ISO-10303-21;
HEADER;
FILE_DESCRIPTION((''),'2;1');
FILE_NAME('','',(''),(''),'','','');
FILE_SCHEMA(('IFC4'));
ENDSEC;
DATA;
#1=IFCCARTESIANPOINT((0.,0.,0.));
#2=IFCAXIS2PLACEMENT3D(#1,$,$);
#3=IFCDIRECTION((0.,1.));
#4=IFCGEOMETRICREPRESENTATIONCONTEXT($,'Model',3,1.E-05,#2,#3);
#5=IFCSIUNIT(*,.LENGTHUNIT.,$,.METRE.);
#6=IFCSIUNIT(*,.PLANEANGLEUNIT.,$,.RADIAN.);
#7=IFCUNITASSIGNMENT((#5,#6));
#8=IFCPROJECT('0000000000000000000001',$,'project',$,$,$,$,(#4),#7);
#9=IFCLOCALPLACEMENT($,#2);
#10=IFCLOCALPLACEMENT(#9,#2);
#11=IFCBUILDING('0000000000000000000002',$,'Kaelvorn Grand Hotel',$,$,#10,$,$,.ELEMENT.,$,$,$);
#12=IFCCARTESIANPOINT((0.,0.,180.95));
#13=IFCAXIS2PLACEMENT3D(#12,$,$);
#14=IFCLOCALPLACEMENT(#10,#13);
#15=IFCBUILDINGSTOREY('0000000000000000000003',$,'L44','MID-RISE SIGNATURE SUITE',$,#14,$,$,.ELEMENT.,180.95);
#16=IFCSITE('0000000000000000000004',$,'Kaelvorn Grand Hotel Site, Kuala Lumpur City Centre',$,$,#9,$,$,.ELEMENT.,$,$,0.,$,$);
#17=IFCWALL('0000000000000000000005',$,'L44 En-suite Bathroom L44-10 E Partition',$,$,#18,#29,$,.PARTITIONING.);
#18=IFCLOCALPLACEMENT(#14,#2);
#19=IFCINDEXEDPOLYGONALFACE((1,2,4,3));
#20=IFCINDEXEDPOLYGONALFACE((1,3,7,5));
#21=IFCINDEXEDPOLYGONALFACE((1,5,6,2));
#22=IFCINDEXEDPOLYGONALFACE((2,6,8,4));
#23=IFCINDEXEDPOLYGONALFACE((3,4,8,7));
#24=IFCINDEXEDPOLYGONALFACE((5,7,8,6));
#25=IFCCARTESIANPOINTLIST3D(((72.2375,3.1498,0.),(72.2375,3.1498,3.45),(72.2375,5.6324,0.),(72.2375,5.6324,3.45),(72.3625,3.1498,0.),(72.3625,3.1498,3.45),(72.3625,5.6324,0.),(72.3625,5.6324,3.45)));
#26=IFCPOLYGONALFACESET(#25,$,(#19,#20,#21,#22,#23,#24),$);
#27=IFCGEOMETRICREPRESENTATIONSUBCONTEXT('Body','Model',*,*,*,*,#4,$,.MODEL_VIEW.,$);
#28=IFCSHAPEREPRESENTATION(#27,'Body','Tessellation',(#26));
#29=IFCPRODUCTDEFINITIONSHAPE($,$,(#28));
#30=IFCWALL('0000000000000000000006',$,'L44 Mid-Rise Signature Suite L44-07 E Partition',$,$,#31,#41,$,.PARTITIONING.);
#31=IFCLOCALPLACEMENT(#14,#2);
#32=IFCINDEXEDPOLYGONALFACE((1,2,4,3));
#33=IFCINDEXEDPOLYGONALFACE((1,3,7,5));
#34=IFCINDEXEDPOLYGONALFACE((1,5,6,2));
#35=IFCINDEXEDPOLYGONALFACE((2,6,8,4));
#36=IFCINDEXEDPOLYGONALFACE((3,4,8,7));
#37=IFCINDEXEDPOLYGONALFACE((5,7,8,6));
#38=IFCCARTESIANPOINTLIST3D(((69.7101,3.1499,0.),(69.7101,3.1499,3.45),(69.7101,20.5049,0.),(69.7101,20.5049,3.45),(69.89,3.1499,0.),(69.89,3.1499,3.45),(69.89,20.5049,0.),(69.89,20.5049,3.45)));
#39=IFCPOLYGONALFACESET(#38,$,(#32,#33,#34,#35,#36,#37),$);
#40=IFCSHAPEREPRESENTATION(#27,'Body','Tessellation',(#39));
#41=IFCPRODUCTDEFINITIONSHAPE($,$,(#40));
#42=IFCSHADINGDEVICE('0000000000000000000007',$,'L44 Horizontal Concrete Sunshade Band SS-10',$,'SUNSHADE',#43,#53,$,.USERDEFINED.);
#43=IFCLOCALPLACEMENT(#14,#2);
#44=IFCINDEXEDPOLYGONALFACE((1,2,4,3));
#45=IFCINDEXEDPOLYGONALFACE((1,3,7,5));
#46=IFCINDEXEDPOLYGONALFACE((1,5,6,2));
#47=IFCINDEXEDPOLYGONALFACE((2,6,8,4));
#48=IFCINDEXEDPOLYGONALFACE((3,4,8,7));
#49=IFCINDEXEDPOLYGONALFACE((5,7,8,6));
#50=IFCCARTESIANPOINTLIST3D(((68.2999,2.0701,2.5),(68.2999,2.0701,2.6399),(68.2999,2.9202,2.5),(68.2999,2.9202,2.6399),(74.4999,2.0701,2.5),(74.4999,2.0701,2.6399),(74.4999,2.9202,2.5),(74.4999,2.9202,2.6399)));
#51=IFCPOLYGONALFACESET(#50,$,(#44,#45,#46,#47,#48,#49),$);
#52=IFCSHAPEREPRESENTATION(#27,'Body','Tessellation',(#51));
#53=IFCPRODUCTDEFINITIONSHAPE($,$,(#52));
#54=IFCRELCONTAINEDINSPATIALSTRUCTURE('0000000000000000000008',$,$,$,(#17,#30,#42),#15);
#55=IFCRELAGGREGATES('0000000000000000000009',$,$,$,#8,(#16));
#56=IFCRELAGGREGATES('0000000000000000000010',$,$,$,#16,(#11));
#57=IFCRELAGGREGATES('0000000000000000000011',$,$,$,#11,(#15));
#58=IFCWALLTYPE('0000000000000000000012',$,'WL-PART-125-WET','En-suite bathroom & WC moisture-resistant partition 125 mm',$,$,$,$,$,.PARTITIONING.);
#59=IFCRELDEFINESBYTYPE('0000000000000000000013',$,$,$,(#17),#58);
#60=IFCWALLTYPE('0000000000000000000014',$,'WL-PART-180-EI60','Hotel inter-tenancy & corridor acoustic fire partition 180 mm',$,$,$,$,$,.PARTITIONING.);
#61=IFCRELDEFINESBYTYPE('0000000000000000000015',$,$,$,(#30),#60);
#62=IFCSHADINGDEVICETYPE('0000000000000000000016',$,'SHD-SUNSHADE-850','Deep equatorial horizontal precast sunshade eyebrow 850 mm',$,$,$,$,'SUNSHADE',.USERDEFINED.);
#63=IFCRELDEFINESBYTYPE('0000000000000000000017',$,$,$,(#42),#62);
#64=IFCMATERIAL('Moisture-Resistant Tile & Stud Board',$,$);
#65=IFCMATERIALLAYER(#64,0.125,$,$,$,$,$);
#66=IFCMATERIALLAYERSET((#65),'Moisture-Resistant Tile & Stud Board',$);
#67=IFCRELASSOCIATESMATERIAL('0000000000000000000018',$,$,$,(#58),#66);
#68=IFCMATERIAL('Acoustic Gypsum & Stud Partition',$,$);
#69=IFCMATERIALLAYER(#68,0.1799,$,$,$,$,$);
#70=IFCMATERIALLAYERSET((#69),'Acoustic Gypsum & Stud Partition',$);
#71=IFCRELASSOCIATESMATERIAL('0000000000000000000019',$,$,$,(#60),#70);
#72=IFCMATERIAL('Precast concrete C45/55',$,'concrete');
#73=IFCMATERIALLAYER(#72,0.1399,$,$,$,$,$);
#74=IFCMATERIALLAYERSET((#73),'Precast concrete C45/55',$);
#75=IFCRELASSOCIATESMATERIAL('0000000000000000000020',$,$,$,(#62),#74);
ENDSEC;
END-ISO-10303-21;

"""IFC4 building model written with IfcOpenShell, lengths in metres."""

from ifc_helpers import new_model, si_unit, direction, frame, frame_2d, origin, origin_2d, place, context, subcontext, project, spatial, rectangle, extrude, material, layer, layer_set, type_object, element, save


model = new_model("IFC4")

# Units and contexts
model_context = context("Model", 3, precision=1e-05, world=origin(), true_north=direction((0.0, 1.0)))
body_context = subcontext(model_context, "Body", "Model", "MODEL_VIEW")
ifc_project = project(units=[si_unit("LENGTHUNIT", "METRE"), si_unit("PLANEANGLEUNIT", "RADIAN")], contexts=[model_context])

# Site, building, storey
site_placement = place(None, origin())
site = spatial("IfcSite", under=ifc_project, at=site_placement, Name="Kaelvorn Grand Hotel Site, Kuala Lumpur City Centre", CompositionType="ELEMENT", RefElevation=0.0)
building_placement = place(site_placement, origin())
building = spatial("IfcBuilding", under=site, at=building_placement, Name="Kaelvorn Grand Hotel", CompositionType="ELEMENT")
storey_placement = place(building_placement, frame((0.0, 0.0, 180.95)))
storey = spatial("IfcBuildingStorey", under=building, at=storey_placement, Name="L44", Description="MID-RISE SIGNATURE SUITE", CompositionType="ELEMENT", Elevation=180.95)

# Shared definitions
ifc_material_1 = material(Name="Precast concrete C45/55", Category="concrete")

# Shared definitions
ifc_material_2 = material(Name="Moisture-Resistant Tile & Stud Board")
ifc_layer_1 = layer(ifc_material_2, 0.125)
ifc_layer_set_1 = layer_set([ifc_layer_1], Name="Moisture-Resistant Tile & Stud Board")
wall_type_1 = type_object("IfcWallType", Name="WL-PART-125-WET", Description="En-suite bathroom & WC moisture-resistant partition 125 mm", PredefinedType="PARTITIONING", material=ifc_layer_set_1)

# Walls
wall_1_placement = place(storey_placement, frame((72.3, 3.1499, 0.0), z_axis=(0.0, 0.0, 1.0), x_axis=(0.0, 1.0, 0.0)))
element("IfcWall", 1, at=wall_1_placement, inside=storey, type_object=wall_type_1, Name="L44 En-suite Bathroom L44-10 E Partition", PredefinedType="PARTITIONING", context=body_context, shape_type="SweptSolid", body=[
    extrude(rectangle(XDim=2.4827, YDim=0.125, at=frame_2d((1.2412, 0.0))), origin(), (0.0, 0.0, 1.0), 3.45),
])
ifc_material_3 = material(Name="Acoustic Gypsum & Stud Partition")
ifc_layer_2 = layer(ifc_material_3, 0.1799)
ifc_layer_set_2 = layer_set([ifc_layer_2], Name="Acoustic Gypsum & Stud Partition")
wall_type_2 = type_object("IfcWallType", Name="WL-PART-180-EI60", Description="Hotel inter-tenancy & corridor acoustic fire partition 180 mm", PredefinedType="PARTITIONING", material=ifc_layer_set_2)
wall_2_placement = place(storey_placement, frame((69.8, 3.1499, 0.0), z_axis=(0.0, 0.0, 1.0), x_axis=(0.0, 1.0, 0.0)))
element("IfcWall", 2, at=wall_2_placement, inside=storey, type_object=wall_type_2, Name="L44 Mid-Rise Signature Suite L44-07 E Partition", PredefinedType="PARTITIONING", context=body_context, shape_type="SweptSolid", body=[
    extrude(rectangle(XDim=17.355, YDim=0.1799, at=frame_2d((8.6775, 0.0))), origin(), (0.0, 0.0, 1.0), 3.45),
])

# Shading device
ifc_layer_3 = layer(ifc_material_1, 0.1399)
ifc_layer_set_3 = layer_set([ifc_layer_3], Name="Precast concrete C45/55")
shading_device_type = type_object("IfcShadingDeviceType", Name="SHD-SUNSHADE-850", Description="Deep equatorial horizontal precast sunshade eyebrow 850 mm", ElementType="SUNSHADE", PredefinedType="USERDEFINED", material=ifc_layer_set_3)
shading_device_placement = place(storey_placement, frame((71.3999, 2.4951, 2.5), z_axis=(0.0, 0.0, 1.0), x_axis=(1.0, 0.0, 0.0)))
element("IfcShadingDevice", 3, at=shading_device_placement, inside=storey, type_object=shading_device_type, Name="L44 Horizontal Concrete Sunshade Band SS-10", ObjectType="SUNSHADE", PredefinedType="USERDEFINED", context=body_context, shape_type="SweptSolid", body=[
    extrude(rectangle(XDim=6.2, YDim=0.8501, at=origin_2d()), origin(), (0.0, 0.0, 1.0), 0.1399),
])

save(model, "model.ifc")
